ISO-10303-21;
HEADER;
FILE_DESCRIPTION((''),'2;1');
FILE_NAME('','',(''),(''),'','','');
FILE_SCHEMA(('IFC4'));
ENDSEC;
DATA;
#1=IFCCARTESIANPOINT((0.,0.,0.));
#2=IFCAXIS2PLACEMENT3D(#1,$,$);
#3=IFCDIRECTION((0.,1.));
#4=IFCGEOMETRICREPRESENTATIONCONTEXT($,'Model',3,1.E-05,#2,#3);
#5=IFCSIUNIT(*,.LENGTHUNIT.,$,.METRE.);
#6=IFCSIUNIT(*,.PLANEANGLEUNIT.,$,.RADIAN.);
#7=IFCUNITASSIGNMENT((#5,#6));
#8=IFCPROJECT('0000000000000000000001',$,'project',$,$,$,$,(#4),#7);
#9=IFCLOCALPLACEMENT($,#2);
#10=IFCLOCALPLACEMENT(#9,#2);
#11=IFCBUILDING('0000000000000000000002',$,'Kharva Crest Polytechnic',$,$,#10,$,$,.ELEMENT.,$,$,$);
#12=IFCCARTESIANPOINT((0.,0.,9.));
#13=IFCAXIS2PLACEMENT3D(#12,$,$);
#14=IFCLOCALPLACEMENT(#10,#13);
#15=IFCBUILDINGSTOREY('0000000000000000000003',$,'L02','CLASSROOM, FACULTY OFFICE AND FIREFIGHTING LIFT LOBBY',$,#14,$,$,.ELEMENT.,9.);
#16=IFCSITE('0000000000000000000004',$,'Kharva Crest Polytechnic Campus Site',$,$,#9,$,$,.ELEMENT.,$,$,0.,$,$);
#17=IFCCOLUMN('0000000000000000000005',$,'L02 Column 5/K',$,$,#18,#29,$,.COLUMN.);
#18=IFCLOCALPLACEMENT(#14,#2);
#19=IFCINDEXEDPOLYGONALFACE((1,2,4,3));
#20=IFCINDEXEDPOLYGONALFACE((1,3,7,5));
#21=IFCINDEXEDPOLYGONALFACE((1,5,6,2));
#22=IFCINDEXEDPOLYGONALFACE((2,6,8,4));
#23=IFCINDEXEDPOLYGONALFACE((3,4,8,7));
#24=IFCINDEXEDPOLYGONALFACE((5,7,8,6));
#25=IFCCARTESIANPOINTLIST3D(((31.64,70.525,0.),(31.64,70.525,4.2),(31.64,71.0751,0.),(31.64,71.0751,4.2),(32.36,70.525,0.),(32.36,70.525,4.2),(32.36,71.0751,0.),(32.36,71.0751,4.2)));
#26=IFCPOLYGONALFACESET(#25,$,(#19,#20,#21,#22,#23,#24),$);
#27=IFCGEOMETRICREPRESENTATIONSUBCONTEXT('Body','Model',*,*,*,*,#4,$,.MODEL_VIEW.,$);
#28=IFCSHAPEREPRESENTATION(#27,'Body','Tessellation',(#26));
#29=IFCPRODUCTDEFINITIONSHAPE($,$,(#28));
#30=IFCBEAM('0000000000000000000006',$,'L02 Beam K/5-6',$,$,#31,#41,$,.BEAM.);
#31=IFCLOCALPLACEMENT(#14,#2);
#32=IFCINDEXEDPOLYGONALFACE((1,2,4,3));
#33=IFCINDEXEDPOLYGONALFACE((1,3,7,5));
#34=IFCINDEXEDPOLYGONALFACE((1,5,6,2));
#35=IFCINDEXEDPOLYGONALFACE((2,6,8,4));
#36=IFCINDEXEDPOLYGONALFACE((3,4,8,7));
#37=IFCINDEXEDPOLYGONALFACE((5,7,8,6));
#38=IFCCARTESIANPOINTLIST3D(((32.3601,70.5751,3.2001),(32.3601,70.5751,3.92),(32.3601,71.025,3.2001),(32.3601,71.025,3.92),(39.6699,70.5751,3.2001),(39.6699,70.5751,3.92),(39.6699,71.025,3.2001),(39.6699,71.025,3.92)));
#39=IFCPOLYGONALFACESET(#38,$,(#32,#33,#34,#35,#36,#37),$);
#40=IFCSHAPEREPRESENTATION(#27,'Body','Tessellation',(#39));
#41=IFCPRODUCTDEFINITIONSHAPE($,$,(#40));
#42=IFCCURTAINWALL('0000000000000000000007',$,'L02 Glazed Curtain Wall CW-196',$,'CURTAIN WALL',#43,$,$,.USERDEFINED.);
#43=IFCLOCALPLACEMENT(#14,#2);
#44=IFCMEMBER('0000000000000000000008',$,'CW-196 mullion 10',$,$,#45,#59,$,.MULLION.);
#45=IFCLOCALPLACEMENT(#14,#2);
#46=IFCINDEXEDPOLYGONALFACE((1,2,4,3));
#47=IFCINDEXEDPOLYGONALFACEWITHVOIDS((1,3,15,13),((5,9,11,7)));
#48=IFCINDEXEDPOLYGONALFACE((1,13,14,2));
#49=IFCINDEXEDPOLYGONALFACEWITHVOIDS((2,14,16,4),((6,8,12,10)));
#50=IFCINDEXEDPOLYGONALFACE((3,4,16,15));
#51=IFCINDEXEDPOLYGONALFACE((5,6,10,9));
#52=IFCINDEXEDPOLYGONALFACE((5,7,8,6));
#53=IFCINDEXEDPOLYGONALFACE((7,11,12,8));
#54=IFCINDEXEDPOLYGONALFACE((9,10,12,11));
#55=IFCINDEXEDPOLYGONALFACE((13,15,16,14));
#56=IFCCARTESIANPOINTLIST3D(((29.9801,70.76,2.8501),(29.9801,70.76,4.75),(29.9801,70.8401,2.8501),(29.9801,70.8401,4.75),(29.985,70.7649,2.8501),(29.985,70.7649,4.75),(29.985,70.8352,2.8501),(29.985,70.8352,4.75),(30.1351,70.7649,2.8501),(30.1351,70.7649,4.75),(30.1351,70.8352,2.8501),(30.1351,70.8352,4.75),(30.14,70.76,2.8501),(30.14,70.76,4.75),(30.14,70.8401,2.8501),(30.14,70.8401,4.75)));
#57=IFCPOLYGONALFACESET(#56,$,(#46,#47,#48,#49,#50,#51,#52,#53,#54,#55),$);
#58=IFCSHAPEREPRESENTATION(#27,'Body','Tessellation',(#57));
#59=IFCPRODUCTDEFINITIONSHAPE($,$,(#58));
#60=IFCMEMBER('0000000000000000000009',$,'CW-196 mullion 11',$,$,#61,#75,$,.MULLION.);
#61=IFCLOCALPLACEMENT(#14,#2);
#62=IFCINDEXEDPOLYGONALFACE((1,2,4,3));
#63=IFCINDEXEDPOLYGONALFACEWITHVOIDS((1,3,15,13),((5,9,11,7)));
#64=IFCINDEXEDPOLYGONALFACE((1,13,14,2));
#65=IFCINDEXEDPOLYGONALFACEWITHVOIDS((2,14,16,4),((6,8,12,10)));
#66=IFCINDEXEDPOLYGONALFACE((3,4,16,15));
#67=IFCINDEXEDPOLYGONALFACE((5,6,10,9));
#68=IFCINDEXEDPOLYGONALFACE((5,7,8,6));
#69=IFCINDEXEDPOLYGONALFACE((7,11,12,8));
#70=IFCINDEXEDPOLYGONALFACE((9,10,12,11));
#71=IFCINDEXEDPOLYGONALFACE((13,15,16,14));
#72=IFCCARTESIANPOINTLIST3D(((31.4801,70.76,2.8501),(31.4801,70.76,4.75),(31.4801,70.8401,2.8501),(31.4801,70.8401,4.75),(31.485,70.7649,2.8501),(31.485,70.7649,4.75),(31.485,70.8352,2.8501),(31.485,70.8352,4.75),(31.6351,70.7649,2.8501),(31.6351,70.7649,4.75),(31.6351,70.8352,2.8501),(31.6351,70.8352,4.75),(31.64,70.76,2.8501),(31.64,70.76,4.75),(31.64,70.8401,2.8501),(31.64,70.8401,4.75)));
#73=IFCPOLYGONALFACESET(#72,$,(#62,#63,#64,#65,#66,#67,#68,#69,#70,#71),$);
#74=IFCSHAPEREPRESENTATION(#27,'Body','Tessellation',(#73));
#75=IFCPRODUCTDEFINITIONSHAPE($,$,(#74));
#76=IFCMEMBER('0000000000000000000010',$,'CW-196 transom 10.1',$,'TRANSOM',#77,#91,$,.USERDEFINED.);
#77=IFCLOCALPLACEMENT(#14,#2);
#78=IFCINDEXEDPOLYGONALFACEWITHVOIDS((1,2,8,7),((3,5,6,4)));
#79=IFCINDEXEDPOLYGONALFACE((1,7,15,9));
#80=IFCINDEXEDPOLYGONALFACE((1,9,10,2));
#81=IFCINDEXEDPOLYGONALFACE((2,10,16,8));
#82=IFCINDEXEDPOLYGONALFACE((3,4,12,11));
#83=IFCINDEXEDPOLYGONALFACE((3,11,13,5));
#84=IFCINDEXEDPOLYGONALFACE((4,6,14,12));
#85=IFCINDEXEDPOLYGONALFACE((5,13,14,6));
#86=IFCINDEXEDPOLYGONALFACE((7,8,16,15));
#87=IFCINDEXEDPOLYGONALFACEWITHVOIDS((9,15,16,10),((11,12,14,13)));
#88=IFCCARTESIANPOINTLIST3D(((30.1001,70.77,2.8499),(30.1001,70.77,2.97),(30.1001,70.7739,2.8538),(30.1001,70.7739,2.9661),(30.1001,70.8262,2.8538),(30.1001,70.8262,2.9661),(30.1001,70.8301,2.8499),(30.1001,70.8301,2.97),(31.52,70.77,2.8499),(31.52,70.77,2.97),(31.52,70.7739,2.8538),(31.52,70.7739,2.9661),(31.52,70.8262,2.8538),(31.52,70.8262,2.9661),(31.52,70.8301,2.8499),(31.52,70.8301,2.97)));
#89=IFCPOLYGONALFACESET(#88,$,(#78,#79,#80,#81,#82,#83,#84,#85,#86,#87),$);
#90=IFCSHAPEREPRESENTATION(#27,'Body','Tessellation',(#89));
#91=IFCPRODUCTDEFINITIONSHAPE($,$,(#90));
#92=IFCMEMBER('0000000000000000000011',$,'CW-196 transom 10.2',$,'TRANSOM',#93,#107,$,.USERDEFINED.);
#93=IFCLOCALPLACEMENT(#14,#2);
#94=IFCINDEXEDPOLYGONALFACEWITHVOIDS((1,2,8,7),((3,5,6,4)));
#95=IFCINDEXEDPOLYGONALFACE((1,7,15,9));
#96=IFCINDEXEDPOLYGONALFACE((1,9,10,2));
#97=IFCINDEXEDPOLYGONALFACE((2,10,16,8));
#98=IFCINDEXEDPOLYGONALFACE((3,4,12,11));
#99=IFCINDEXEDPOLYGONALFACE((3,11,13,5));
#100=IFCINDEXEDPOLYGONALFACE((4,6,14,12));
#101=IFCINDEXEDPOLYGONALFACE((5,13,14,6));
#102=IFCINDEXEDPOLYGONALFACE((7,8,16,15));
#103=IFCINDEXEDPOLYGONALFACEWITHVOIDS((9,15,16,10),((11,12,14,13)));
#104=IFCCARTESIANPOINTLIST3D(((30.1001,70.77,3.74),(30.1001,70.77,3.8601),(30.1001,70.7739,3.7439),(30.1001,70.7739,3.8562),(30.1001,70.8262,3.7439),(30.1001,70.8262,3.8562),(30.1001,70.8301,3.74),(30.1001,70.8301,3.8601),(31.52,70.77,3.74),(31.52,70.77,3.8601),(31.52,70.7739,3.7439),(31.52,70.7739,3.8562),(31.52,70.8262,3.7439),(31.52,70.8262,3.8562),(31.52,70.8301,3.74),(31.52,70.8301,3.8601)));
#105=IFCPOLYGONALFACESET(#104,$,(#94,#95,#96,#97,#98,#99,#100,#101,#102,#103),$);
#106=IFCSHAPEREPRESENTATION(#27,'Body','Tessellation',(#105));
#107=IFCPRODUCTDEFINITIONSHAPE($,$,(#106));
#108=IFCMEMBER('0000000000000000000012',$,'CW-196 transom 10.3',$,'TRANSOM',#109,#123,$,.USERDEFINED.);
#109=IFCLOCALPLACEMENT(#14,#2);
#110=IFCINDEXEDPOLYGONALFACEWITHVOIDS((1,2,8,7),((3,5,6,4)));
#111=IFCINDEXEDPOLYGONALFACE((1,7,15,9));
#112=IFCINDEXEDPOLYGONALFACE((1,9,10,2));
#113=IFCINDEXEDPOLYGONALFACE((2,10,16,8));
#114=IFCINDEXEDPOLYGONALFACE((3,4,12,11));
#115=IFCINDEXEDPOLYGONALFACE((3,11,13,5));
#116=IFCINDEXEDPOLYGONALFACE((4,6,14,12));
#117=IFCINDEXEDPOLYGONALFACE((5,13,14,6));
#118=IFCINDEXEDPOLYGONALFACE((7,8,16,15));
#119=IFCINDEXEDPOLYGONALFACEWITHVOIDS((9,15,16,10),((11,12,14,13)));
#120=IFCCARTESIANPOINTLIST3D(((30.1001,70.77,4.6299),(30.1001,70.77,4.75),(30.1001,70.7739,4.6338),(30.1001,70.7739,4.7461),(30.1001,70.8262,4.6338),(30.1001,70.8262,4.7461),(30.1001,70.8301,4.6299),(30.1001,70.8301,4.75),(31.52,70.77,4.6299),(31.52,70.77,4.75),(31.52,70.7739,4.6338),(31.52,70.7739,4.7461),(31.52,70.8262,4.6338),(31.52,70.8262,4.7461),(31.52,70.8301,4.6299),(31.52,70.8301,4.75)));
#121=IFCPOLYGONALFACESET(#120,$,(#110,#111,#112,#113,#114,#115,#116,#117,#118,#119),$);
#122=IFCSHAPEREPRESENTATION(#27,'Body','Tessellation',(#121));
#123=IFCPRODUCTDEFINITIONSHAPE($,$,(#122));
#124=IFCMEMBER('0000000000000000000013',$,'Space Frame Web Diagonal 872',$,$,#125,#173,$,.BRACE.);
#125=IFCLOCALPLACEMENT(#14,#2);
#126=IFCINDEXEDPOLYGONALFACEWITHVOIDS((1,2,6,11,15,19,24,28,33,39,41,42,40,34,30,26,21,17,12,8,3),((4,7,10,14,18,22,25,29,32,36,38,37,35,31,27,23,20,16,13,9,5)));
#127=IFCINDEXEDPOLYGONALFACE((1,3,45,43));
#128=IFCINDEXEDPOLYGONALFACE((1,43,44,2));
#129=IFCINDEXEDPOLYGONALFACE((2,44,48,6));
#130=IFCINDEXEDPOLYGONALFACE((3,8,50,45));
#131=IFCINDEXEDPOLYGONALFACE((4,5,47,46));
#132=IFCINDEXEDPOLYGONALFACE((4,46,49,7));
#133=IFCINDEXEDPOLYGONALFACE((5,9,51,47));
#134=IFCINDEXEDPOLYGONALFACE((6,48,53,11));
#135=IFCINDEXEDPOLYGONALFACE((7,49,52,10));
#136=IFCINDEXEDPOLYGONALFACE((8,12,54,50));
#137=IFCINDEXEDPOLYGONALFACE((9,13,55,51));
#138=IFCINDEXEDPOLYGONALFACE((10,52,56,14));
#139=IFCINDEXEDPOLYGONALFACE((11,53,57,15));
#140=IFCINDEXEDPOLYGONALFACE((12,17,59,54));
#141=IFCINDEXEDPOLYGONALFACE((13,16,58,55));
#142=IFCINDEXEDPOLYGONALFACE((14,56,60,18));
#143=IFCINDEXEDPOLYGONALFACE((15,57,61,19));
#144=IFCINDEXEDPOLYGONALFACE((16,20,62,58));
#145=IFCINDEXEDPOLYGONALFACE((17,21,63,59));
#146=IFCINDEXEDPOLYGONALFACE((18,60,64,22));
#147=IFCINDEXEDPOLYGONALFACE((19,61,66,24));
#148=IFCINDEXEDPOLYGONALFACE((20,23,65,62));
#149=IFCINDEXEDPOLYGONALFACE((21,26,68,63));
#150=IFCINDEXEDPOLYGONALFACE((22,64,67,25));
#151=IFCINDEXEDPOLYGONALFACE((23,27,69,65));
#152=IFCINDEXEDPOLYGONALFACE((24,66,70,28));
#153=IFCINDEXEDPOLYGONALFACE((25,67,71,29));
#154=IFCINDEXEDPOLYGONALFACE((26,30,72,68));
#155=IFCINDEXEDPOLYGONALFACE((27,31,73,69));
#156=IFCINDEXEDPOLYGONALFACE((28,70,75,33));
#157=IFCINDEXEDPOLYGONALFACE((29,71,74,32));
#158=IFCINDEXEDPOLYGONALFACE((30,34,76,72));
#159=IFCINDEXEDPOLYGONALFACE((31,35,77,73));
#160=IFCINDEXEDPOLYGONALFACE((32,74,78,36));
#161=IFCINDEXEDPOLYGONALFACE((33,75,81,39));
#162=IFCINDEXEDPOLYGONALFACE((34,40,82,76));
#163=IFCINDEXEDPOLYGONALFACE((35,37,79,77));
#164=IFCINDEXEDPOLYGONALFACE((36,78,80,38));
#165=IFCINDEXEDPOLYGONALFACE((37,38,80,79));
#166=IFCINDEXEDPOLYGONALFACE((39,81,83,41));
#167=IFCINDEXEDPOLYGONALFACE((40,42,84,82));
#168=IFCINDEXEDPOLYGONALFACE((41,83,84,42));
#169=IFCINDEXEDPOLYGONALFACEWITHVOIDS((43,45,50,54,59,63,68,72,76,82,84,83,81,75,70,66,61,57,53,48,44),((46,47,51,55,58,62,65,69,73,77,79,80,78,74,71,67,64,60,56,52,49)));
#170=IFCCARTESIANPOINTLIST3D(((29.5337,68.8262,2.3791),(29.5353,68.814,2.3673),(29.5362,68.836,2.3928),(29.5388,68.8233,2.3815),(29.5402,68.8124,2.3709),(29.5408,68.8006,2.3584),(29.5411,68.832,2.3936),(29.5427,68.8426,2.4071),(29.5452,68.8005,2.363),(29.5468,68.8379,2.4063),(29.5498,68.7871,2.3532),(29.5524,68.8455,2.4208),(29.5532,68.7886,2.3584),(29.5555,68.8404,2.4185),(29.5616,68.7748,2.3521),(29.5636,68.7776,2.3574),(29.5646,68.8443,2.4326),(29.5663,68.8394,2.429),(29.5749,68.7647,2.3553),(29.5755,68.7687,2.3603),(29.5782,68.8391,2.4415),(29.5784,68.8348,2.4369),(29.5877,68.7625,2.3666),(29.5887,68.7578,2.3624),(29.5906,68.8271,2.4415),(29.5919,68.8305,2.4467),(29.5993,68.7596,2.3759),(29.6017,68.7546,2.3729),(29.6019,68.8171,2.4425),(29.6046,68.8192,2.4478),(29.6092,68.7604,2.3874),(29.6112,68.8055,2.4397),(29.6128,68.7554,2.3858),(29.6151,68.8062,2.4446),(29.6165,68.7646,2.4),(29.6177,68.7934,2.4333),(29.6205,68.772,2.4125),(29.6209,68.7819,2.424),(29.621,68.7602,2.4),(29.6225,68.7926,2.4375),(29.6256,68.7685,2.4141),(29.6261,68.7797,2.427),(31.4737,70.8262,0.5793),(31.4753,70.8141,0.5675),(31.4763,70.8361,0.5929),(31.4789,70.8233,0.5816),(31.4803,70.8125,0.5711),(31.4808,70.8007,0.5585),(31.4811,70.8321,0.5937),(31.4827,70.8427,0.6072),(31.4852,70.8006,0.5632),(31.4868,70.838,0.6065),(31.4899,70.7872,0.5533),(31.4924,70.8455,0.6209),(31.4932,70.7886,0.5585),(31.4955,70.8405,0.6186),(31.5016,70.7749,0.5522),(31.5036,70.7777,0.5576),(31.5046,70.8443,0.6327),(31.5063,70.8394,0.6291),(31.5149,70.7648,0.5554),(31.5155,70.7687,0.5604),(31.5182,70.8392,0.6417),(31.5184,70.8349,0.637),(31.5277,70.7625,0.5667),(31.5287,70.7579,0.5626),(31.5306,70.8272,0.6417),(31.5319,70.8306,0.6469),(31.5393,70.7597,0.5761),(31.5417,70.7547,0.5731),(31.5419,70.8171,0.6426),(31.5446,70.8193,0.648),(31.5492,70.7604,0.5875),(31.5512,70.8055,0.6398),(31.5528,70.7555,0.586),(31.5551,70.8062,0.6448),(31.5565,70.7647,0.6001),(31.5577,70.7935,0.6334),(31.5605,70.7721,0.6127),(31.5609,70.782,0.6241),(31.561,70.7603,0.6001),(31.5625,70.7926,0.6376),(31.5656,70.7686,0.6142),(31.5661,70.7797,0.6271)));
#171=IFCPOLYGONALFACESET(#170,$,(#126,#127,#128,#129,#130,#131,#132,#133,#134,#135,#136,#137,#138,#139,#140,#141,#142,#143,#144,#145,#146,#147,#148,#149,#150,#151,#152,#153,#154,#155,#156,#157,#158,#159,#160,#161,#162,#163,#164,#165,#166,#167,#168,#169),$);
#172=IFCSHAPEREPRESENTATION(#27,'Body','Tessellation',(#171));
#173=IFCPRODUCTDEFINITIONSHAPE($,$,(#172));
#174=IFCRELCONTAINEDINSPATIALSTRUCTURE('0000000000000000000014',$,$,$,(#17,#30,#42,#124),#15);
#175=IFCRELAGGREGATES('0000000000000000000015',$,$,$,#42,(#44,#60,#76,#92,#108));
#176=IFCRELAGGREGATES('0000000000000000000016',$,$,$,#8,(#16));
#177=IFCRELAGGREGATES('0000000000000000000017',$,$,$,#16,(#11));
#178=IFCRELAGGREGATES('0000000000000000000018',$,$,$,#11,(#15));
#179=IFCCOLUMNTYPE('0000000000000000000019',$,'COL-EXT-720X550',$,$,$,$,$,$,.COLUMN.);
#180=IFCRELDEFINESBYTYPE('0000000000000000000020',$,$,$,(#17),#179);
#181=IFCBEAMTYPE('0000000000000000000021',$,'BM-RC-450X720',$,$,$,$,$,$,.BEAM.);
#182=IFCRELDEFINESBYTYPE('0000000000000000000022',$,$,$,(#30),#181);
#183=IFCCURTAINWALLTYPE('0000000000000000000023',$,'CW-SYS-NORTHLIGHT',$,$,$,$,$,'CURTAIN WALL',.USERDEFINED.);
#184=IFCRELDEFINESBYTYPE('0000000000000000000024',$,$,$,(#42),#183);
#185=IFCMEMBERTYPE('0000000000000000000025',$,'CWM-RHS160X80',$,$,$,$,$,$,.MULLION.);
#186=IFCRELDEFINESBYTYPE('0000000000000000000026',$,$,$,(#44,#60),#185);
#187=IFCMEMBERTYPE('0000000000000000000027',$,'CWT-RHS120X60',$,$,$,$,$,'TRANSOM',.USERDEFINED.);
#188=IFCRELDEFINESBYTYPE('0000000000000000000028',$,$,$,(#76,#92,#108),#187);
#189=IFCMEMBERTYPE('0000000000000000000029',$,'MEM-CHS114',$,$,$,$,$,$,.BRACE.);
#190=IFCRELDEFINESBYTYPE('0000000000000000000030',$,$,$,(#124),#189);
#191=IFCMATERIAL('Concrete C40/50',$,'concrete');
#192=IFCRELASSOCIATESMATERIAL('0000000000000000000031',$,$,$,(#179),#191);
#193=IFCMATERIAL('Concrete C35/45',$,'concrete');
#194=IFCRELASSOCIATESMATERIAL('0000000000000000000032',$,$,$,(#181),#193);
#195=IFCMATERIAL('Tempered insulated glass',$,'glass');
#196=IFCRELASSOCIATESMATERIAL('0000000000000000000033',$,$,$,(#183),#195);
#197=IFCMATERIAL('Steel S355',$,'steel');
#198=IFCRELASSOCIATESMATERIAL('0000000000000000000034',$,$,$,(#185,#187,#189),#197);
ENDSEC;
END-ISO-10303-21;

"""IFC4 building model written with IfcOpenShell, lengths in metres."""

from ifc_helpers import new_model, si_unit, direction, frame, origin, origin_2d, place, context, subcontext, project, spatial, rectangle, hollow_rectangle, hollow_circle, extrude, material, material_profile, profile_set, type_object, element, aggregate, save


model = new_model("IFC4")

# Units and contexts
model_context = context("Model", 3, precision=1e-05, world=origin(), true_north=direction((0.0, 1.0)))
body_context = subcontext(model_context, "Body", "Model", "MODEL_VIEW")
ifc_project = project(units=[si_unit("LENGTHUNIT", "METRE"), si_unit("PLANEANGLEUNIT", "RADIAN")], contexts=[model_context])

# Site, building, storey
site_placement = place(None, origin())
site = spatial("IfcSite", under=ifc_project, at=site_placement, Name="Kharva Crest Polytechnic Campus Site", CompositionType="ELEMENT", RefElevation=0.0)
building_placement = place(site_placement, origin())
building = spatial("IfcBuilding", under=site, at=building_placement, Name="Kharva Crest Polytechnic", CompositionType="ELEMENT")
storey_placement = place(building_placement, frame((0.0, 0.0, 9.0)))
storey = spatial("IfcBuildingStorey", under=building, at=storey_placement, Name="L02", Description="CLASSROOM, FACULTY OFFICE AND FIREFIGHTING LIFT LOBBY", CompositionType="ELEMENT", Elevation=9.0)

# Column
ifc_material_1 = material(Name="Concrete C40/50", Category="concrete")
ifc_material_profile_1 = material_profile(ifc_material_1, rectangle(XDim=0.72, YDim=0.55, at=origin_2d()), Name="RECT 720 X 550")
ifc_profile_set_1 = profile_set([ifc_material_profile_1], Name="Concrete C40/50")
column_type = type_object("IfcColumnType", Name="COL-EXT-720X550", PredefinedType="COLUMN", material=ifc_profile_set_1)
column_placement = place(storey_placement, frame((32.0, 70.8, 0.0), z_axis=(0.0, 0.0, 1.0), x_axis=(1.0, 0.0, 0.0)))
element("IfcColumn", 1, at=column_placement, inside=storey, type_object=column_type, Name="L02 Column 5/K", PredefinedType="COLUMN", context=body_context, shape_type="SweptSolid", body=[
    extrude(rectangle(XDim=0.72, YDim=0.55, at=origin_2d()), origin(), (0.0, 0.0, 1.0), 4.2),
])

# Beam
ifc_material_2 = material(Name="Concrete C35/45", Category="concrete")
ifc_material_profile_2 = material_profile(ifc_material_2, rectangle(XDim=0.45, YDim=0.72, at=origin_2d()), Name="RECT 450 X 720")
ifc_profile_set_2 = profile_set([ifc_material_profile_2], Name="Concrete C35/45")
beam_type_1 = type_object("IfcBeamType", Name="BM-RC-450X720", PredefinedType="BEAM", material=ifc_profile_set_2)
beam_1_placement = place(storey_placement, frame((32.3601, 70.8, 3.5601), z_axis=(1.0, 0.0, 0.0), x_axis=(0.0, 1.0, 0.0)))
element("IfcBeam", 2, at=beam_1_placement, inside=storey, type_object=beam_type_1, Name="L02 Beam K/5-6", PredefinedType="BEAM", context=body_context, shape_type="SweptSolid", body=[
    extrude(rectangle(XDim=0.45, YDim=0.72, at=origin_2d()), origin(), (0.0, 0.0, 1.0), 7.3098),
])

# Curtain wall, members
ifc_material_3 = material(Name="Tempered insulated glass", Category="glass")
curtain_wall_type = type_object("IfcCurtainWallType", Name="CW-SYS-NORTHLIGHT", ElementType="CURTAIN WALL", PredefinedType="USERDEFINED", material=ifc_material_3)
curtain_wall_placement = place(storey_placement, origin())
curtain_wall = element("IfcCurtainWall", 3, at=curtain_wall_placement, inside=storey, type_object=curtain_wall_type, Name="L02 Glazed Curtain Wall CW-196", ObjectType="CURTAIN WALL", PredefinedType="USERDEFINED")
ifc_material_4 = material(Name="Steel S355", Category="steel")
ifc_material_profile_3 = material_profile(ifc_material_4, hollow_rectangle(XDim=0.0801, YDim=0.1599, WallThickness=0.0049, at=origin_2d()), Name="RHS 160X80X5.0")
ifc_profile_set_3 = profile_set([ifc_material_profile_3], Name="Steel S355")
member_type_1 = type_object("IfcMemberType", Name="CWM-RHS160X80", PredefinedType="MULLION", material=ifc_profile_set_3)
member_1_placement = place(storey_placement, frame((30.0601, 70.8, 2.8501), z_axis=(0.0, 0.0, 1.0), x_axis=(0.0, 1.0, 0.0)))
member_1 = element("IfcMember", 4, at=member_1_placement, type_object=member_type_1, Name="CW-196 mullion 10", PredefinedType="MULLION", context=body_context, shape_type="SweptSolid", body=[
    extrude(hollow_rectangle(XDim=0.0801, YDim=0.1599, WallThickness=0.0049, at=origin_2d()), origin(), (0.0, 0.0, 1.0), 1.8999),
])
member_2_placement = place(storey_placement, frame((31.5601, 70.8, 2.8501), z_axis=(0.0, 0.0, 1.0), x_axis=(0.0, 1.0, 0.0)))
member_2 = element("IfcMember", 5, at=member_2_placement, type_object=member_type_1, Name="CW-196 mullion 11", PredefinedType="MULLION", context=body_context, shape_type="SweptSolid", body=[
    extrude(hollow_rectangle(XDim=0.0801, YDim=0.1599, WallThickness=0.0049, at=origin_2d()), origin(), (0.0, 0.0, 1.0), 1.8999),
])
ifc_material_profile_4 = material_profile(ifc_material_4, hollow_rectangle(XDim=0.0601, YDim=0.1201, WallThickness=0.0039, at=origin_2d()), Name="RHS 120X60X4.0")
ifc_profile_set_4 = profile_set([ifc_material_profile_4], Name="Steel S355")
member_type_2 = type_object("IfcMemberType", Name="CWT-RHS120X60", ElementType="TRANSOM", PredefinedType="USERDEFINED", material=ifc_profile_set_4)
member_3_placement = place(storey_placement, frame((30.1001, 70.8, 2.9099), z_axis=(1.0, 0.0, 0.0), x_axis=(0.0, 1.0, 0.0)))
member_3 = element("IfcMember", 6, at=member_3_placement, type_object=member_type_2, Name="CW-196 transom 10.1", ObjectType="TRANSOM", PredefinedType="USERDEFINED", context=body_context, shape_type="SweptSolid", body=[
    extrude(hollow_rectangle(XDim=0.0601, YDim=0.1201, WallThickness=0.0039, at=origin_2d()), origin(), (0.0, 0.0, 1.0), 1.4199),
])
member_4_placement = place(storey_placement, frame((30.1001, 70.8, 3.8), z_axis=(1.0, 0.0, 0.0), x_axis=(0.0, 1.0, 0.0)))
member_4 = element("IfcMember", 7, at=member_4_placement, type_object=member_type_2, Name="CW-196 transom 10.2", ObjectType="TRANSOM", PredefinedType="USERDEFINED", context=body_context, shape_type="SweptSolid", body=[
    extrude(hollow_rectangle(XDim=0.0601, YDim=0.1201, WallThickness=0.0039, at=origin_2d()), origin(), (0.0, 0.0, 1.0), 1.4199),
])
member_5_placement = place(storey_placement, frame((30.1001, 70.8, 4.6899), z_axis=(1.0, 0.0, 0.0), x_axis=(0.0, 1.0, 0.0)))
member_5 = element("IfcMember", 8, at=member_5_placement, type_object=member_type_2, Name="CW-196 transom 10.3", ObjectType="TRANSOM", PredefinedType="USERDEFINED", context=body_context, shape_type="SweptSolid", body=[
    extrude(hollow_rectangle(XDim=0.0601, YDim=0.1201, WallThickness=0.0039, at=origin_2d()), origin(), (0.0, 0.0, 1.0), 1.4199),
])

# Member
ifc_material_profile_5 = material_profile(ifc_material_4, hollow_circle(Radius=0.0571, WallThickness=0.0063, at=origin_2d()), Name="CHS 114.3X6.3")
ifc_profile_set_5 = profile_set([ifc_material_profile_5], Name="Steel S355")
member_type_3 = type_object("IfcMemberType", Name="MEM-CHS114", PredefinedType="BRACE", material=ifc_profile_set_5)
for number, where, z_axis, x_axis, name in (
    (9, (31.52, 70.8, 0.6001), (-0.584843, -0.60295, 0.542596), (0.717802, -0.696247, 0.0), "Space Frame Web Diagonal 872"),
):
    element("IfcMember", number, at=place(storey_placement, frame(where, z_axis=z_axis, x_axis=x_axis)), inside=storey, type_object=member_type_3, Name=name, PredefinedType="BRACE", context=body_context, shape_type="SweptSolid", body=[
        extrude(hollow_circle(Radius=0.0571, WallThickness=0.0063, at=origin_2d()), origin(), (0.0, 0.0, 1.0), 3.3171),
    ])

aggregate(curtain_wall, [member_1, member_2, member_3, member_4, member_5])

save(model, "model.ifc")
